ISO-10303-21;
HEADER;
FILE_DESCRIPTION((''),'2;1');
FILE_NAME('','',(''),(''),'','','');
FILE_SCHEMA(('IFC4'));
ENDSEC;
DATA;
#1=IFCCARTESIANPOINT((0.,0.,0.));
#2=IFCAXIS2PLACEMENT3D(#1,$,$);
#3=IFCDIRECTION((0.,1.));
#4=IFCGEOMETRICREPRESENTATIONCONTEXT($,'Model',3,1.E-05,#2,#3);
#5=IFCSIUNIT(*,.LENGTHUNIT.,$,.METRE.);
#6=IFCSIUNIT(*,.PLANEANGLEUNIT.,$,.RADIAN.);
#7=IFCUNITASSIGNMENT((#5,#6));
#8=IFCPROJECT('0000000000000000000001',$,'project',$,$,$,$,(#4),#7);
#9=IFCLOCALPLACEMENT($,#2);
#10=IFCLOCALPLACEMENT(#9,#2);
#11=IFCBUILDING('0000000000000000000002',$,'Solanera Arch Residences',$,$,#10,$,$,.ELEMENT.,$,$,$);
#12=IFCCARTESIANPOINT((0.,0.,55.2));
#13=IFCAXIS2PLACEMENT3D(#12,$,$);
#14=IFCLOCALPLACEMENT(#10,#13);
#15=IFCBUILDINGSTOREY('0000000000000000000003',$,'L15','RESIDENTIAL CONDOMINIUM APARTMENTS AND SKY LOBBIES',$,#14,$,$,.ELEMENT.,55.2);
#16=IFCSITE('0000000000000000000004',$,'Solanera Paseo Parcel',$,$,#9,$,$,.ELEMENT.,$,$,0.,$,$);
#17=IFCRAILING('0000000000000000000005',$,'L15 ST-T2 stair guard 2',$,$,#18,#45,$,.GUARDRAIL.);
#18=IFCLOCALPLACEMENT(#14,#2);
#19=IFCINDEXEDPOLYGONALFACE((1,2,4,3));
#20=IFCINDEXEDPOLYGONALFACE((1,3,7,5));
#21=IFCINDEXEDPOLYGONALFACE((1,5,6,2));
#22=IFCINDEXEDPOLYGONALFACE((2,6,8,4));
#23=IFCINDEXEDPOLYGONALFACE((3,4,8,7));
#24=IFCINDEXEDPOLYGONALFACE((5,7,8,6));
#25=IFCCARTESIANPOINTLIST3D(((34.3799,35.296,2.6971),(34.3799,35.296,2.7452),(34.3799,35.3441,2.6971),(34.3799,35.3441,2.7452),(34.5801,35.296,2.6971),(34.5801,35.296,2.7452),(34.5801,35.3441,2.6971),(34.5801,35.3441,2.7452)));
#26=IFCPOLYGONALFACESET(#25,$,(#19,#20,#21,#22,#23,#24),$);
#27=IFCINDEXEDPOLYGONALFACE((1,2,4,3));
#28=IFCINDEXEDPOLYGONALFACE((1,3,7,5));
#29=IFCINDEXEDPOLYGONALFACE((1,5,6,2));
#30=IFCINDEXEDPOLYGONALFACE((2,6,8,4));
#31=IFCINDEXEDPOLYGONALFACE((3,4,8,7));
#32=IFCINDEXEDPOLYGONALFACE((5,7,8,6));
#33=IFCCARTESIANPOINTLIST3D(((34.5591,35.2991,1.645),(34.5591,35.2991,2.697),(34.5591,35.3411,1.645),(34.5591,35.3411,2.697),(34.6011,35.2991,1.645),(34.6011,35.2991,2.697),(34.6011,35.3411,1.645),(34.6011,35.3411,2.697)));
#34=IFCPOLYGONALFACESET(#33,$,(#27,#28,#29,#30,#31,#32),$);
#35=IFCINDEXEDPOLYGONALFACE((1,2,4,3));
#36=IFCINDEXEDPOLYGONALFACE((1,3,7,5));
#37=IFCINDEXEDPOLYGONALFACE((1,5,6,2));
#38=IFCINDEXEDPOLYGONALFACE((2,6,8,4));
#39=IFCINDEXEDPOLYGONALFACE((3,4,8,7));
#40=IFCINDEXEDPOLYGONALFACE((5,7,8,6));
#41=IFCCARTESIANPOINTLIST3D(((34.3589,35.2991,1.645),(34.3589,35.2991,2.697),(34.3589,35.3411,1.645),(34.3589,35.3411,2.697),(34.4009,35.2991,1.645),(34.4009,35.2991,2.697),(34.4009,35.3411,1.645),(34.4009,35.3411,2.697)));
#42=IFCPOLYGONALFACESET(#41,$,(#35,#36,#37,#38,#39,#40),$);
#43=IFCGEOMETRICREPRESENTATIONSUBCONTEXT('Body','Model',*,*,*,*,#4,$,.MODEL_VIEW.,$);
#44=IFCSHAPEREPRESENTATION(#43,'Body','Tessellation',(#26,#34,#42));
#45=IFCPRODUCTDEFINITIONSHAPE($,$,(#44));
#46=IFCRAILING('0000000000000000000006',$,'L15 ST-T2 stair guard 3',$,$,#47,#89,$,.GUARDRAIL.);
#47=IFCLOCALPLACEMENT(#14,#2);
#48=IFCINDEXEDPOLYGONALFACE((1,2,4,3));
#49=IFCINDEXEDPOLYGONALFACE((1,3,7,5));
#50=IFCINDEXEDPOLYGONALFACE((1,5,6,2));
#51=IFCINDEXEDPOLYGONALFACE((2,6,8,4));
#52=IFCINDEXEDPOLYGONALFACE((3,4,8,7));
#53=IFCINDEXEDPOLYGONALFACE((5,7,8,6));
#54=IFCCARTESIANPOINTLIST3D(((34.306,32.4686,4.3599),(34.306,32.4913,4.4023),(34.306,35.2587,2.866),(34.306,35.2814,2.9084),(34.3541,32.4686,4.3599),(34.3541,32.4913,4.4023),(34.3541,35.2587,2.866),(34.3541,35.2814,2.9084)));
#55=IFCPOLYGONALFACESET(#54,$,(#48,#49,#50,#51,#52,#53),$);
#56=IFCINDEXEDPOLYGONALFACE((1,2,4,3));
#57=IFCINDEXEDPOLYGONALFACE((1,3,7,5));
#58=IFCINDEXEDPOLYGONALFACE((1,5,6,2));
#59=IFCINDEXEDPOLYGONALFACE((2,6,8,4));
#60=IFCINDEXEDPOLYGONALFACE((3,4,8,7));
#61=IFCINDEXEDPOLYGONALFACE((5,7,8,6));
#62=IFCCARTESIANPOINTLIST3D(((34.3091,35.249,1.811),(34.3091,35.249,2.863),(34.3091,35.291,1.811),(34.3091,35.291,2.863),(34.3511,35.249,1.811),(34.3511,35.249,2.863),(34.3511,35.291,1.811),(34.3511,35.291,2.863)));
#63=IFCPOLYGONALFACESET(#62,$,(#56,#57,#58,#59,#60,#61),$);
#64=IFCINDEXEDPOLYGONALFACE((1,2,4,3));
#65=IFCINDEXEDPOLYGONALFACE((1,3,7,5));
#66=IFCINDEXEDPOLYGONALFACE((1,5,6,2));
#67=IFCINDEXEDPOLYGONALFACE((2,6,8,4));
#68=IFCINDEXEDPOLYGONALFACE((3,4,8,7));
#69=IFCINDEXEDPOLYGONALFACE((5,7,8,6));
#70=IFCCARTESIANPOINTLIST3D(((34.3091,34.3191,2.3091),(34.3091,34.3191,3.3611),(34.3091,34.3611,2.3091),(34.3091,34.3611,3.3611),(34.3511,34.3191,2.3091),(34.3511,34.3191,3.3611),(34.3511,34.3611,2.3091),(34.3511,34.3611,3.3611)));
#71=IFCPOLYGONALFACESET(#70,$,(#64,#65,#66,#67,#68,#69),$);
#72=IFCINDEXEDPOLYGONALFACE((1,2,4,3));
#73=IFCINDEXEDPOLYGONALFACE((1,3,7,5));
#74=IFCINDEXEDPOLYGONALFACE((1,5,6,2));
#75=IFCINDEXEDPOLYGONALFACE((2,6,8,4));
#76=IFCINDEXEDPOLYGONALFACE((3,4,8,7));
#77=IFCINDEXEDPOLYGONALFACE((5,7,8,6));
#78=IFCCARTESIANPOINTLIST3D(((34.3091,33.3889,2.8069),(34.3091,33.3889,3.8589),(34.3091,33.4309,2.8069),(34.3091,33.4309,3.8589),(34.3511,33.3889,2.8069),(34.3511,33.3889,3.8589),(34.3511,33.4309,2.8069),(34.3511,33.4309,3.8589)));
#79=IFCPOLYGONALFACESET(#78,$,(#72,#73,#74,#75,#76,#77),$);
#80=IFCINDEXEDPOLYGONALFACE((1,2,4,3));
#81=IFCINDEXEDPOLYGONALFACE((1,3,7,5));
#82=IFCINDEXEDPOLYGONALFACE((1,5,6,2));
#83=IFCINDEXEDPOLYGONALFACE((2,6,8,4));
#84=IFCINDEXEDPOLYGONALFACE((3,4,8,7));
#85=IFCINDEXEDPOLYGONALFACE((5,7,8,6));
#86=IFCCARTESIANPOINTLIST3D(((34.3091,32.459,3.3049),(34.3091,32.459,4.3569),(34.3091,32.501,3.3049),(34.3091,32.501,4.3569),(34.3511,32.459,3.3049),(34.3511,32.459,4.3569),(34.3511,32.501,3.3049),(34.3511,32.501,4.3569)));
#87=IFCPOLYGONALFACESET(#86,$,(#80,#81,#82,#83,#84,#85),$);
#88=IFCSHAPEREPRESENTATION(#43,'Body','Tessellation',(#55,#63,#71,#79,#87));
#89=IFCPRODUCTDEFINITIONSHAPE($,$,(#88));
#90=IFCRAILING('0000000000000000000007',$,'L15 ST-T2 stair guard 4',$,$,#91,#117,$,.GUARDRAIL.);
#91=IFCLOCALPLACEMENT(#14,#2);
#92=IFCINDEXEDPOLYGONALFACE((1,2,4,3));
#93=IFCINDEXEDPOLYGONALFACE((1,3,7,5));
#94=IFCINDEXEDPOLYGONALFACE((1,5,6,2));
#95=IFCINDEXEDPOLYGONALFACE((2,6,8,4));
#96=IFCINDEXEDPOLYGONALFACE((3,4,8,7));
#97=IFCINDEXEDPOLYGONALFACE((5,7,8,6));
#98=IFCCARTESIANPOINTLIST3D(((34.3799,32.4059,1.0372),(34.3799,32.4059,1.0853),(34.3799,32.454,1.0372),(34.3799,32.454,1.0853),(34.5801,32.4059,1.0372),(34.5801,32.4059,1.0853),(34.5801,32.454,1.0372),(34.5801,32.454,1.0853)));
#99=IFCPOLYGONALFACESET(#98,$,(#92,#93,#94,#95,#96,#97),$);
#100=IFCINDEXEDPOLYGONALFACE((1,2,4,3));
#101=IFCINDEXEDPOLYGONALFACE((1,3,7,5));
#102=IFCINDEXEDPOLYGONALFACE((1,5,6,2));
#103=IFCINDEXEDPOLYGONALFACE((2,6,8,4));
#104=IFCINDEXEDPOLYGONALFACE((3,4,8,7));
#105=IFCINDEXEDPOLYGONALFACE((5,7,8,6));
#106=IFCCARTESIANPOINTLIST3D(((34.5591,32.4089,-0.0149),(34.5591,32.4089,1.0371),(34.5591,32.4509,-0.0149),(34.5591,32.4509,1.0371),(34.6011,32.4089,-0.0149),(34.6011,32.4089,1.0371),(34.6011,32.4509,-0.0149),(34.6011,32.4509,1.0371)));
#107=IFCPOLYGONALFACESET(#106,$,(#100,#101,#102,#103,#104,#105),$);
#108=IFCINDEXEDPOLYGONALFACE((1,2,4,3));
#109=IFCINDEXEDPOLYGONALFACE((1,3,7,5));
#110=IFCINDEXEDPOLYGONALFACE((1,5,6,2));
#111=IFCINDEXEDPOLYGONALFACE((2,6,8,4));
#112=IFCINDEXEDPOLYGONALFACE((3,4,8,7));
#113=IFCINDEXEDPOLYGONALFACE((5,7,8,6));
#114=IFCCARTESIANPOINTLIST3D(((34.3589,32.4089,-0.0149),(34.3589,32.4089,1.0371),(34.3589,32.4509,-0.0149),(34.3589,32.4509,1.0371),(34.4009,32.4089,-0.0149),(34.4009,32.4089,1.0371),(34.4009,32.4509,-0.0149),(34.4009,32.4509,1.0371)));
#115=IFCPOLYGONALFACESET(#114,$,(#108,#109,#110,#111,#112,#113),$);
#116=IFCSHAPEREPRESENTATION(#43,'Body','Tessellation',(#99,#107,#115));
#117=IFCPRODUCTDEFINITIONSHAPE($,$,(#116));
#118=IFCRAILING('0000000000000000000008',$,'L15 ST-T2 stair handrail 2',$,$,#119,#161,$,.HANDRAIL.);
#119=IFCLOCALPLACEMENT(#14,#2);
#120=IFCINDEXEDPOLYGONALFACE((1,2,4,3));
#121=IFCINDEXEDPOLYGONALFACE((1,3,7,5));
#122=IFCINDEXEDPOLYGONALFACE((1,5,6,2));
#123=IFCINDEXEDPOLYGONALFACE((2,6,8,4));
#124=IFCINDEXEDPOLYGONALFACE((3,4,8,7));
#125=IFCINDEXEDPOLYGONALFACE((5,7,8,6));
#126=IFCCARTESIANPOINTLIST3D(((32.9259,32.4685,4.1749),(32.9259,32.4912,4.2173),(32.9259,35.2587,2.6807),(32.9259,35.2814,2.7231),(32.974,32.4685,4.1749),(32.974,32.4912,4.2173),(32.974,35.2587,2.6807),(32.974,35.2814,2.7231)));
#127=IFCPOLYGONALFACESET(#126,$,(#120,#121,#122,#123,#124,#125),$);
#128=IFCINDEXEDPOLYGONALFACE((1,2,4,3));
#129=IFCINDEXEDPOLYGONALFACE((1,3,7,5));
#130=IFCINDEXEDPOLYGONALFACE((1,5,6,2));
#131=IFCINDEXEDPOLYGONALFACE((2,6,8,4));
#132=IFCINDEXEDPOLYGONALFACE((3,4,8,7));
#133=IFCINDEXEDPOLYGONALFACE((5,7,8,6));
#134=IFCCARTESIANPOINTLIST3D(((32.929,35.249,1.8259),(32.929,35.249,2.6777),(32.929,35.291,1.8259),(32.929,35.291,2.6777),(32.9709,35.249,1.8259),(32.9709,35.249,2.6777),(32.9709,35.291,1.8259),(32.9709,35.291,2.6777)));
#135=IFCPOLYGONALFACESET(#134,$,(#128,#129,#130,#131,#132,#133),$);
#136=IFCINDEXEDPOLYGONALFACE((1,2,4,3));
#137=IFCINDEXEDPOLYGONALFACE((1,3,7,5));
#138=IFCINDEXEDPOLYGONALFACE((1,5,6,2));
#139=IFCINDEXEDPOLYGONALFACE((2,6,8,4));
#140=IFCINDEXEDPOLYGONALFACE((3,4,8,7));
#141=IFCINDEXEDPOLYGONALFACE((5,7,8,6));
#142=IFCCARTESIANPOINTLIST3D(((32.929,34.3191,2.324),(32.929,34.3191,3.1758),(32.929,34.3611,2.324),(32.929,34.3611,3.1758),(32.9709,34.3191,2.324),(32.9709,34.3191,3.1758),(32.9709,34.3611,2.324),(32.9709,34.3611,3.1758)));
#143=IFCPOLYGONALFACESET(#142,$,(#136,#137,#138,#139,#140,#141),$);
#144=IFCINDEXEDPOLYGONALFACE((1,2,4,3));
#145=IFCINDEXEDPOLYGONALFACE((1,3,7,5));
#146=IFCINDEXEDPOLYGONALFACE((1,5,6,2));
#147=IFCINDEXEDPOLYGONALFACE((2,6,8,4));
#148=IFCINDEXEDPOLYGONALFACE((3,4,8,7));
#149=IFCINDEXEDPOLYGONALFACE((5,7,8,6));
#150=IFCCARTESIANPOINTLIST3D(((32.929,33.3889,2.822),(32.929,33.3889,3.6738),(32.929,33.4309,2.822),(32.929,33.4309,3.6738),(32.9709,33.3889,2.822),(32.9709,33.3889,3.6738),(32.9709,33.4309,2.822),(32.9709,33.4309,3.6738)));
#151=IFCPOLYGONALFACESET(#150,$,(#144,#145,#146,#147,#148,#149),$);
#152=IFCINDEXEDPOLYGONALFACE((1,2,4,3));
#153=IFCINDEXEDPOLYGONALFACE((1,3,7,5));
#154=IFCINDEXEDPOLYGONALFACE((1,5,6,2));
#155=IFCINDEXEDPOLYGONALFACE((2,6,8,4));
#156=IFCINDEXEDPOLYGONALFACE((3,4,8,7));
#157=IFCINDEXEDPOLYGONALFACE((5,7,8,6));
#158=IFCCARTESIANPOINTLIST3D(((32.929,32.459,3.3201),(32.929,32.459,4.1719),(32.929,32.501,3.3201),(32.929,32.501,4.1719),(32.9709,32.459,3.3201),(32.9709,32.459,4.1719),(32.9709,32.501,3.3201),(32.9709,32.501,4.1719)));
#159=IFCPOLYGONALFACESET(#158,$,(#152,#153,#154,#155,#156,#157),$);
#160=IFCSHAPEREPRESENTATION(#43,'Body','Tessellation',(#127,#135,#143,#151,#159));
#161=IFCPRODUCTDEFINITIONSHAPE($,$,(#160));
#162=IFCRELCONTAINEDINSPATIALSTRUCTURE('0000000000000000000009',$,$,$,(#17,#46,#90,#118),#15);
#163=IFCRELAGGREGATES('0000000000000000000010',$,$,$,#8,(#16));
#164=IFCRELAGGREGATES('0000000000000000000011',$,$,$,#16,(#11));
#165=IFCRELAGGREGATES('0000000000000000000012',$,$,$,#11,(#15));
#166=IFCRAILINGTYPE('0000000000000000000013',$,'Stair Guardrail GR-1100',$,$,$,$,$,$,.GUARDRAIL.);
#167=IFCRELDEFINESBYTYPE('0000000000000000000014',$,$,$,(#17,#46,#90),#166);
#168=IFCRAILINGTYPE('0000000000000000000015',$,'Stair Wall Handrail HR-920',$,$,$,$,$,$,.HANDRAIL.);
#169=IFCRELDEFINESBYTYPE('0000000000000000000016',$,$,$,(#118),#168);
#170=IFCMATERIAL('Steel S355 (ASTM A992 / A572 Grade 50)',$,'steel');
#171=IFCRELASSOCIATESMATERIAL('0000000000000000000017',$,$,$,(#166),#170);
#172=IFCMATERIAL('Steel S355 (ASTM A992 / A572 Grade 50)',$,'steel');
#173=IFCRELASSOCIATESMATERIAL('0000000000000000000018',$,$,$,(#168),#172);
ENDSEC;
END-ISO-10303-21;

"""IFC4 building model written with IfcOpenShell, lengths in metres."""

from ifc_helpers import new_model, si_unit, direction, frame, origin, origin_2d, place, context, subcontext, project, spatial, rectangle, extrude, material, type_object, element, save


model = new_model("IFC4")

# Units and contexts
model_context = context("Model", 3, precision=1e-05, world=origin(), true_north=direction((0.0, 1.0)))
body_context = subcontext(model_context, "Body", "Model", "MODEL_VIEW")
ifc_project = project(units=[si_unit("LENGTHUNIT", "METRE"), si_unit("PLANEANGLEUNIT", "RADIAN")], contexts=[model_context])

# Site, building, storey
site_placement = place(None, origin())
site = spatial("IfcSite", under=ifc_project, at=site_placement, Name="Solanera Paseo Parcel", CompositionType="ELEMENT", RefElevation=0.0)
building_placement = place(site_placement, origin())
building = spatial("IfcBuilding", under=site, at=building_placement, Name="Solanera Arch Residences", CompositionType="ELEMENT")
storey_placement = place(building_placement, frame((0.0, 0.0, 55.2)))
storey = spatial("IfcBuildingStorey", under=building, at=storey_placement, Name="L15", Description="RESIDENTIAL CONDOMINIUM APARTMENTS AND SKY LOBBIES", CompositionType="ELEMENT", Elevation=55.2)

# Railings
ifc_material_1 = material(Name="Steel S355 (ASTM A992 / A572 Grade 50)", Category="steel")
railing_type_1 = type_object("IfcRailingType", Name="Stair Guardrail GR-1100", PredefinedType="GUARDRAIL", material=ifc_material_1)
railing_1_placement = place(storey_placement, frame((34.5801, 35.3201, 1.645)))
element("IfcRailing", 1, at=railing_1_placement, inside=storey, type_object=railing_type_1, Name="L15 ST-T2 stair guard 2", PredefinedType="GUARDRAIL", context=body_context, shape_type="SweptSolid", body=[
    extrude(rectangle(XDim=0.0481, YDim=0.0481, at=origin_2d()), frame((0.0, 0.0, 1.0762), z_axis=(-1.0, 0.0, 0.0), x_axis=(0.0, -1.0, 0.0)), (0.0, 0.0, 1.0), 0.2002),
    extrude(rectangle(XDim=0.042, YDim=0.042, at=origin_2d()), origin(), (0.0, 0.0, 1.0), 1.052),
    extrude(rectangle(XDim=0.042, YDim=0.042, at=origin_2d()), frame((-0.2002, 0.0, 0.0)), (0.0, 0.0, 1.0), 1.052),
])
railing_2_placement = place(storey_placement, frame((34.3301, 35.27, 1.811)))
element("IfcRailing", 2, at=railing_2_placement, inside=storey, type_object=railing_type_1, Name="L15 ST-T2 stair guard 3", PredefinedType="GUARDRAIL", context=body_context, shape_type="SweptSolid", body=[
    extrude(rectangle(XDim=0.0481, YDim=0.0481, at=origin_2d()), frame((0.0, 0.0, 1.0762), z_axis=(0.0, -0.881581, 0.472033), x_axis=(1.0, 0.0, 0.0)), (0.0, 0.0, 1.0), 3.1648),
    extrude(rectangle(XDim=0.042, YDim=0.042, at=origin_2d()), origin(), (0.0, 0.0, 1.0), 1.052),
    extrude(rectangle(XDim=0.042, YDim=0.042, at=origin_2d()), frame((0.0, -0.9299, 0.498)), (0.0, 0.0, 1.0), 1.052),
    extrude(rectangle(XDim=0.042, YDim=0.042, at=origin_2d()), frame((0.0, -1.8601, 0.9958)), (0.0, 0.0, 1.0), 1.052),
    extrude(rectangle(XDim=0.042, YDim=0.042, at=origin_2d()), frame((0.0, -2.79, 1.4939)), (0.0, 0.0, 1.0), 1.052),
])
railing_3_placement = place(storey_placement, frame((34.5801, 32.4299, -0.0149)))
element("IfcRailing", 3, at=railing_3_placement, inside=storey, type_object=railing_type_1, Name="L15 ST-T2 stair guard 4", PredefinedType="GUARDRAIL", context=body_context, shape_type="SweptSolid", body=[
    extrude(rectangle(XDim=0.0481, YDim=0.0481, at=origin_2d()), frame((0.0, 0.0, 1.0762), z_axis=(-1.0, 0.0, 0.0), x_axis=(0.0, -1.0, 0.0)), (0.0, 0.0, 1.0), 0.2002),
    extrude(rectangle(XDim=0.042, YDim=0.042, at=origin_2d()), origin(), (0.0, 0.0, 1.0), 1.052),
    extrude(rectangle(XDim=0.042, YDim=0.042, at=origin_2d()), frame((-0.2002, 0.0, 0.0)), (0.0, 0.0, 1.0), 1.052),
])
ifc_material_2 = material(Name="Steel S355 (ASTM A992 / A572 Grade 50)", Category="steel")
railing_type_2 = type_object("IfcRailingType", Name="Stair Wall Handrail HR-920", PredefinedType="HANDRAIL", material=ifc_material_2)
railing_4_placement = place(storey_placement, frame((32.95, 35.27, 1.8259)))
element("IfcRailing", 4, at=railing_4_placement, inside=storey, type_object=railing_type_2, Name="L15 ST-T2 stair handrail 2", PredefinedType="HANDRAIL", context=body_context, shape_type="SweptSolid", body=[
    extrude(rectangle(XDim=0.0481, YDim=0.0481, at=origin_2d()), frame((0.0, 0.0, 0.876), z_axis=(0.0, -0.881549, 0.472093), x_axis=(1.0, 0.0, 0.0)), (0.0, 0.0, 1.0), 3.165),
    extrude(rectangle(XDim=0.042, YDim=0.042, at=origin_2d()), origin(), (0.0, 0.0, 1.0), 0.8518),
    extrude(rectangle(XDim=0.042, YDim=0.042, at=origin_2d()), frame((0.0, -0.9299, 0.498)), (0.0, 0.0, 1.0), 0.8518),
    extrude(rectangle(XDim=0.042, YDim=0.042, at=origin_2d()), frame((0.0, -1.8601, 0.9961)), (0.0, 0.0, 1.0), 0.8518),
    extrude(rectangle(XDim=0.042, YDim=0.042, at=origin_2d()), frame((0.0, -2.79, 1.4941)), (0.0, 0.0, 1.0), 0.8518),
])

save(model, "model.ifc")
